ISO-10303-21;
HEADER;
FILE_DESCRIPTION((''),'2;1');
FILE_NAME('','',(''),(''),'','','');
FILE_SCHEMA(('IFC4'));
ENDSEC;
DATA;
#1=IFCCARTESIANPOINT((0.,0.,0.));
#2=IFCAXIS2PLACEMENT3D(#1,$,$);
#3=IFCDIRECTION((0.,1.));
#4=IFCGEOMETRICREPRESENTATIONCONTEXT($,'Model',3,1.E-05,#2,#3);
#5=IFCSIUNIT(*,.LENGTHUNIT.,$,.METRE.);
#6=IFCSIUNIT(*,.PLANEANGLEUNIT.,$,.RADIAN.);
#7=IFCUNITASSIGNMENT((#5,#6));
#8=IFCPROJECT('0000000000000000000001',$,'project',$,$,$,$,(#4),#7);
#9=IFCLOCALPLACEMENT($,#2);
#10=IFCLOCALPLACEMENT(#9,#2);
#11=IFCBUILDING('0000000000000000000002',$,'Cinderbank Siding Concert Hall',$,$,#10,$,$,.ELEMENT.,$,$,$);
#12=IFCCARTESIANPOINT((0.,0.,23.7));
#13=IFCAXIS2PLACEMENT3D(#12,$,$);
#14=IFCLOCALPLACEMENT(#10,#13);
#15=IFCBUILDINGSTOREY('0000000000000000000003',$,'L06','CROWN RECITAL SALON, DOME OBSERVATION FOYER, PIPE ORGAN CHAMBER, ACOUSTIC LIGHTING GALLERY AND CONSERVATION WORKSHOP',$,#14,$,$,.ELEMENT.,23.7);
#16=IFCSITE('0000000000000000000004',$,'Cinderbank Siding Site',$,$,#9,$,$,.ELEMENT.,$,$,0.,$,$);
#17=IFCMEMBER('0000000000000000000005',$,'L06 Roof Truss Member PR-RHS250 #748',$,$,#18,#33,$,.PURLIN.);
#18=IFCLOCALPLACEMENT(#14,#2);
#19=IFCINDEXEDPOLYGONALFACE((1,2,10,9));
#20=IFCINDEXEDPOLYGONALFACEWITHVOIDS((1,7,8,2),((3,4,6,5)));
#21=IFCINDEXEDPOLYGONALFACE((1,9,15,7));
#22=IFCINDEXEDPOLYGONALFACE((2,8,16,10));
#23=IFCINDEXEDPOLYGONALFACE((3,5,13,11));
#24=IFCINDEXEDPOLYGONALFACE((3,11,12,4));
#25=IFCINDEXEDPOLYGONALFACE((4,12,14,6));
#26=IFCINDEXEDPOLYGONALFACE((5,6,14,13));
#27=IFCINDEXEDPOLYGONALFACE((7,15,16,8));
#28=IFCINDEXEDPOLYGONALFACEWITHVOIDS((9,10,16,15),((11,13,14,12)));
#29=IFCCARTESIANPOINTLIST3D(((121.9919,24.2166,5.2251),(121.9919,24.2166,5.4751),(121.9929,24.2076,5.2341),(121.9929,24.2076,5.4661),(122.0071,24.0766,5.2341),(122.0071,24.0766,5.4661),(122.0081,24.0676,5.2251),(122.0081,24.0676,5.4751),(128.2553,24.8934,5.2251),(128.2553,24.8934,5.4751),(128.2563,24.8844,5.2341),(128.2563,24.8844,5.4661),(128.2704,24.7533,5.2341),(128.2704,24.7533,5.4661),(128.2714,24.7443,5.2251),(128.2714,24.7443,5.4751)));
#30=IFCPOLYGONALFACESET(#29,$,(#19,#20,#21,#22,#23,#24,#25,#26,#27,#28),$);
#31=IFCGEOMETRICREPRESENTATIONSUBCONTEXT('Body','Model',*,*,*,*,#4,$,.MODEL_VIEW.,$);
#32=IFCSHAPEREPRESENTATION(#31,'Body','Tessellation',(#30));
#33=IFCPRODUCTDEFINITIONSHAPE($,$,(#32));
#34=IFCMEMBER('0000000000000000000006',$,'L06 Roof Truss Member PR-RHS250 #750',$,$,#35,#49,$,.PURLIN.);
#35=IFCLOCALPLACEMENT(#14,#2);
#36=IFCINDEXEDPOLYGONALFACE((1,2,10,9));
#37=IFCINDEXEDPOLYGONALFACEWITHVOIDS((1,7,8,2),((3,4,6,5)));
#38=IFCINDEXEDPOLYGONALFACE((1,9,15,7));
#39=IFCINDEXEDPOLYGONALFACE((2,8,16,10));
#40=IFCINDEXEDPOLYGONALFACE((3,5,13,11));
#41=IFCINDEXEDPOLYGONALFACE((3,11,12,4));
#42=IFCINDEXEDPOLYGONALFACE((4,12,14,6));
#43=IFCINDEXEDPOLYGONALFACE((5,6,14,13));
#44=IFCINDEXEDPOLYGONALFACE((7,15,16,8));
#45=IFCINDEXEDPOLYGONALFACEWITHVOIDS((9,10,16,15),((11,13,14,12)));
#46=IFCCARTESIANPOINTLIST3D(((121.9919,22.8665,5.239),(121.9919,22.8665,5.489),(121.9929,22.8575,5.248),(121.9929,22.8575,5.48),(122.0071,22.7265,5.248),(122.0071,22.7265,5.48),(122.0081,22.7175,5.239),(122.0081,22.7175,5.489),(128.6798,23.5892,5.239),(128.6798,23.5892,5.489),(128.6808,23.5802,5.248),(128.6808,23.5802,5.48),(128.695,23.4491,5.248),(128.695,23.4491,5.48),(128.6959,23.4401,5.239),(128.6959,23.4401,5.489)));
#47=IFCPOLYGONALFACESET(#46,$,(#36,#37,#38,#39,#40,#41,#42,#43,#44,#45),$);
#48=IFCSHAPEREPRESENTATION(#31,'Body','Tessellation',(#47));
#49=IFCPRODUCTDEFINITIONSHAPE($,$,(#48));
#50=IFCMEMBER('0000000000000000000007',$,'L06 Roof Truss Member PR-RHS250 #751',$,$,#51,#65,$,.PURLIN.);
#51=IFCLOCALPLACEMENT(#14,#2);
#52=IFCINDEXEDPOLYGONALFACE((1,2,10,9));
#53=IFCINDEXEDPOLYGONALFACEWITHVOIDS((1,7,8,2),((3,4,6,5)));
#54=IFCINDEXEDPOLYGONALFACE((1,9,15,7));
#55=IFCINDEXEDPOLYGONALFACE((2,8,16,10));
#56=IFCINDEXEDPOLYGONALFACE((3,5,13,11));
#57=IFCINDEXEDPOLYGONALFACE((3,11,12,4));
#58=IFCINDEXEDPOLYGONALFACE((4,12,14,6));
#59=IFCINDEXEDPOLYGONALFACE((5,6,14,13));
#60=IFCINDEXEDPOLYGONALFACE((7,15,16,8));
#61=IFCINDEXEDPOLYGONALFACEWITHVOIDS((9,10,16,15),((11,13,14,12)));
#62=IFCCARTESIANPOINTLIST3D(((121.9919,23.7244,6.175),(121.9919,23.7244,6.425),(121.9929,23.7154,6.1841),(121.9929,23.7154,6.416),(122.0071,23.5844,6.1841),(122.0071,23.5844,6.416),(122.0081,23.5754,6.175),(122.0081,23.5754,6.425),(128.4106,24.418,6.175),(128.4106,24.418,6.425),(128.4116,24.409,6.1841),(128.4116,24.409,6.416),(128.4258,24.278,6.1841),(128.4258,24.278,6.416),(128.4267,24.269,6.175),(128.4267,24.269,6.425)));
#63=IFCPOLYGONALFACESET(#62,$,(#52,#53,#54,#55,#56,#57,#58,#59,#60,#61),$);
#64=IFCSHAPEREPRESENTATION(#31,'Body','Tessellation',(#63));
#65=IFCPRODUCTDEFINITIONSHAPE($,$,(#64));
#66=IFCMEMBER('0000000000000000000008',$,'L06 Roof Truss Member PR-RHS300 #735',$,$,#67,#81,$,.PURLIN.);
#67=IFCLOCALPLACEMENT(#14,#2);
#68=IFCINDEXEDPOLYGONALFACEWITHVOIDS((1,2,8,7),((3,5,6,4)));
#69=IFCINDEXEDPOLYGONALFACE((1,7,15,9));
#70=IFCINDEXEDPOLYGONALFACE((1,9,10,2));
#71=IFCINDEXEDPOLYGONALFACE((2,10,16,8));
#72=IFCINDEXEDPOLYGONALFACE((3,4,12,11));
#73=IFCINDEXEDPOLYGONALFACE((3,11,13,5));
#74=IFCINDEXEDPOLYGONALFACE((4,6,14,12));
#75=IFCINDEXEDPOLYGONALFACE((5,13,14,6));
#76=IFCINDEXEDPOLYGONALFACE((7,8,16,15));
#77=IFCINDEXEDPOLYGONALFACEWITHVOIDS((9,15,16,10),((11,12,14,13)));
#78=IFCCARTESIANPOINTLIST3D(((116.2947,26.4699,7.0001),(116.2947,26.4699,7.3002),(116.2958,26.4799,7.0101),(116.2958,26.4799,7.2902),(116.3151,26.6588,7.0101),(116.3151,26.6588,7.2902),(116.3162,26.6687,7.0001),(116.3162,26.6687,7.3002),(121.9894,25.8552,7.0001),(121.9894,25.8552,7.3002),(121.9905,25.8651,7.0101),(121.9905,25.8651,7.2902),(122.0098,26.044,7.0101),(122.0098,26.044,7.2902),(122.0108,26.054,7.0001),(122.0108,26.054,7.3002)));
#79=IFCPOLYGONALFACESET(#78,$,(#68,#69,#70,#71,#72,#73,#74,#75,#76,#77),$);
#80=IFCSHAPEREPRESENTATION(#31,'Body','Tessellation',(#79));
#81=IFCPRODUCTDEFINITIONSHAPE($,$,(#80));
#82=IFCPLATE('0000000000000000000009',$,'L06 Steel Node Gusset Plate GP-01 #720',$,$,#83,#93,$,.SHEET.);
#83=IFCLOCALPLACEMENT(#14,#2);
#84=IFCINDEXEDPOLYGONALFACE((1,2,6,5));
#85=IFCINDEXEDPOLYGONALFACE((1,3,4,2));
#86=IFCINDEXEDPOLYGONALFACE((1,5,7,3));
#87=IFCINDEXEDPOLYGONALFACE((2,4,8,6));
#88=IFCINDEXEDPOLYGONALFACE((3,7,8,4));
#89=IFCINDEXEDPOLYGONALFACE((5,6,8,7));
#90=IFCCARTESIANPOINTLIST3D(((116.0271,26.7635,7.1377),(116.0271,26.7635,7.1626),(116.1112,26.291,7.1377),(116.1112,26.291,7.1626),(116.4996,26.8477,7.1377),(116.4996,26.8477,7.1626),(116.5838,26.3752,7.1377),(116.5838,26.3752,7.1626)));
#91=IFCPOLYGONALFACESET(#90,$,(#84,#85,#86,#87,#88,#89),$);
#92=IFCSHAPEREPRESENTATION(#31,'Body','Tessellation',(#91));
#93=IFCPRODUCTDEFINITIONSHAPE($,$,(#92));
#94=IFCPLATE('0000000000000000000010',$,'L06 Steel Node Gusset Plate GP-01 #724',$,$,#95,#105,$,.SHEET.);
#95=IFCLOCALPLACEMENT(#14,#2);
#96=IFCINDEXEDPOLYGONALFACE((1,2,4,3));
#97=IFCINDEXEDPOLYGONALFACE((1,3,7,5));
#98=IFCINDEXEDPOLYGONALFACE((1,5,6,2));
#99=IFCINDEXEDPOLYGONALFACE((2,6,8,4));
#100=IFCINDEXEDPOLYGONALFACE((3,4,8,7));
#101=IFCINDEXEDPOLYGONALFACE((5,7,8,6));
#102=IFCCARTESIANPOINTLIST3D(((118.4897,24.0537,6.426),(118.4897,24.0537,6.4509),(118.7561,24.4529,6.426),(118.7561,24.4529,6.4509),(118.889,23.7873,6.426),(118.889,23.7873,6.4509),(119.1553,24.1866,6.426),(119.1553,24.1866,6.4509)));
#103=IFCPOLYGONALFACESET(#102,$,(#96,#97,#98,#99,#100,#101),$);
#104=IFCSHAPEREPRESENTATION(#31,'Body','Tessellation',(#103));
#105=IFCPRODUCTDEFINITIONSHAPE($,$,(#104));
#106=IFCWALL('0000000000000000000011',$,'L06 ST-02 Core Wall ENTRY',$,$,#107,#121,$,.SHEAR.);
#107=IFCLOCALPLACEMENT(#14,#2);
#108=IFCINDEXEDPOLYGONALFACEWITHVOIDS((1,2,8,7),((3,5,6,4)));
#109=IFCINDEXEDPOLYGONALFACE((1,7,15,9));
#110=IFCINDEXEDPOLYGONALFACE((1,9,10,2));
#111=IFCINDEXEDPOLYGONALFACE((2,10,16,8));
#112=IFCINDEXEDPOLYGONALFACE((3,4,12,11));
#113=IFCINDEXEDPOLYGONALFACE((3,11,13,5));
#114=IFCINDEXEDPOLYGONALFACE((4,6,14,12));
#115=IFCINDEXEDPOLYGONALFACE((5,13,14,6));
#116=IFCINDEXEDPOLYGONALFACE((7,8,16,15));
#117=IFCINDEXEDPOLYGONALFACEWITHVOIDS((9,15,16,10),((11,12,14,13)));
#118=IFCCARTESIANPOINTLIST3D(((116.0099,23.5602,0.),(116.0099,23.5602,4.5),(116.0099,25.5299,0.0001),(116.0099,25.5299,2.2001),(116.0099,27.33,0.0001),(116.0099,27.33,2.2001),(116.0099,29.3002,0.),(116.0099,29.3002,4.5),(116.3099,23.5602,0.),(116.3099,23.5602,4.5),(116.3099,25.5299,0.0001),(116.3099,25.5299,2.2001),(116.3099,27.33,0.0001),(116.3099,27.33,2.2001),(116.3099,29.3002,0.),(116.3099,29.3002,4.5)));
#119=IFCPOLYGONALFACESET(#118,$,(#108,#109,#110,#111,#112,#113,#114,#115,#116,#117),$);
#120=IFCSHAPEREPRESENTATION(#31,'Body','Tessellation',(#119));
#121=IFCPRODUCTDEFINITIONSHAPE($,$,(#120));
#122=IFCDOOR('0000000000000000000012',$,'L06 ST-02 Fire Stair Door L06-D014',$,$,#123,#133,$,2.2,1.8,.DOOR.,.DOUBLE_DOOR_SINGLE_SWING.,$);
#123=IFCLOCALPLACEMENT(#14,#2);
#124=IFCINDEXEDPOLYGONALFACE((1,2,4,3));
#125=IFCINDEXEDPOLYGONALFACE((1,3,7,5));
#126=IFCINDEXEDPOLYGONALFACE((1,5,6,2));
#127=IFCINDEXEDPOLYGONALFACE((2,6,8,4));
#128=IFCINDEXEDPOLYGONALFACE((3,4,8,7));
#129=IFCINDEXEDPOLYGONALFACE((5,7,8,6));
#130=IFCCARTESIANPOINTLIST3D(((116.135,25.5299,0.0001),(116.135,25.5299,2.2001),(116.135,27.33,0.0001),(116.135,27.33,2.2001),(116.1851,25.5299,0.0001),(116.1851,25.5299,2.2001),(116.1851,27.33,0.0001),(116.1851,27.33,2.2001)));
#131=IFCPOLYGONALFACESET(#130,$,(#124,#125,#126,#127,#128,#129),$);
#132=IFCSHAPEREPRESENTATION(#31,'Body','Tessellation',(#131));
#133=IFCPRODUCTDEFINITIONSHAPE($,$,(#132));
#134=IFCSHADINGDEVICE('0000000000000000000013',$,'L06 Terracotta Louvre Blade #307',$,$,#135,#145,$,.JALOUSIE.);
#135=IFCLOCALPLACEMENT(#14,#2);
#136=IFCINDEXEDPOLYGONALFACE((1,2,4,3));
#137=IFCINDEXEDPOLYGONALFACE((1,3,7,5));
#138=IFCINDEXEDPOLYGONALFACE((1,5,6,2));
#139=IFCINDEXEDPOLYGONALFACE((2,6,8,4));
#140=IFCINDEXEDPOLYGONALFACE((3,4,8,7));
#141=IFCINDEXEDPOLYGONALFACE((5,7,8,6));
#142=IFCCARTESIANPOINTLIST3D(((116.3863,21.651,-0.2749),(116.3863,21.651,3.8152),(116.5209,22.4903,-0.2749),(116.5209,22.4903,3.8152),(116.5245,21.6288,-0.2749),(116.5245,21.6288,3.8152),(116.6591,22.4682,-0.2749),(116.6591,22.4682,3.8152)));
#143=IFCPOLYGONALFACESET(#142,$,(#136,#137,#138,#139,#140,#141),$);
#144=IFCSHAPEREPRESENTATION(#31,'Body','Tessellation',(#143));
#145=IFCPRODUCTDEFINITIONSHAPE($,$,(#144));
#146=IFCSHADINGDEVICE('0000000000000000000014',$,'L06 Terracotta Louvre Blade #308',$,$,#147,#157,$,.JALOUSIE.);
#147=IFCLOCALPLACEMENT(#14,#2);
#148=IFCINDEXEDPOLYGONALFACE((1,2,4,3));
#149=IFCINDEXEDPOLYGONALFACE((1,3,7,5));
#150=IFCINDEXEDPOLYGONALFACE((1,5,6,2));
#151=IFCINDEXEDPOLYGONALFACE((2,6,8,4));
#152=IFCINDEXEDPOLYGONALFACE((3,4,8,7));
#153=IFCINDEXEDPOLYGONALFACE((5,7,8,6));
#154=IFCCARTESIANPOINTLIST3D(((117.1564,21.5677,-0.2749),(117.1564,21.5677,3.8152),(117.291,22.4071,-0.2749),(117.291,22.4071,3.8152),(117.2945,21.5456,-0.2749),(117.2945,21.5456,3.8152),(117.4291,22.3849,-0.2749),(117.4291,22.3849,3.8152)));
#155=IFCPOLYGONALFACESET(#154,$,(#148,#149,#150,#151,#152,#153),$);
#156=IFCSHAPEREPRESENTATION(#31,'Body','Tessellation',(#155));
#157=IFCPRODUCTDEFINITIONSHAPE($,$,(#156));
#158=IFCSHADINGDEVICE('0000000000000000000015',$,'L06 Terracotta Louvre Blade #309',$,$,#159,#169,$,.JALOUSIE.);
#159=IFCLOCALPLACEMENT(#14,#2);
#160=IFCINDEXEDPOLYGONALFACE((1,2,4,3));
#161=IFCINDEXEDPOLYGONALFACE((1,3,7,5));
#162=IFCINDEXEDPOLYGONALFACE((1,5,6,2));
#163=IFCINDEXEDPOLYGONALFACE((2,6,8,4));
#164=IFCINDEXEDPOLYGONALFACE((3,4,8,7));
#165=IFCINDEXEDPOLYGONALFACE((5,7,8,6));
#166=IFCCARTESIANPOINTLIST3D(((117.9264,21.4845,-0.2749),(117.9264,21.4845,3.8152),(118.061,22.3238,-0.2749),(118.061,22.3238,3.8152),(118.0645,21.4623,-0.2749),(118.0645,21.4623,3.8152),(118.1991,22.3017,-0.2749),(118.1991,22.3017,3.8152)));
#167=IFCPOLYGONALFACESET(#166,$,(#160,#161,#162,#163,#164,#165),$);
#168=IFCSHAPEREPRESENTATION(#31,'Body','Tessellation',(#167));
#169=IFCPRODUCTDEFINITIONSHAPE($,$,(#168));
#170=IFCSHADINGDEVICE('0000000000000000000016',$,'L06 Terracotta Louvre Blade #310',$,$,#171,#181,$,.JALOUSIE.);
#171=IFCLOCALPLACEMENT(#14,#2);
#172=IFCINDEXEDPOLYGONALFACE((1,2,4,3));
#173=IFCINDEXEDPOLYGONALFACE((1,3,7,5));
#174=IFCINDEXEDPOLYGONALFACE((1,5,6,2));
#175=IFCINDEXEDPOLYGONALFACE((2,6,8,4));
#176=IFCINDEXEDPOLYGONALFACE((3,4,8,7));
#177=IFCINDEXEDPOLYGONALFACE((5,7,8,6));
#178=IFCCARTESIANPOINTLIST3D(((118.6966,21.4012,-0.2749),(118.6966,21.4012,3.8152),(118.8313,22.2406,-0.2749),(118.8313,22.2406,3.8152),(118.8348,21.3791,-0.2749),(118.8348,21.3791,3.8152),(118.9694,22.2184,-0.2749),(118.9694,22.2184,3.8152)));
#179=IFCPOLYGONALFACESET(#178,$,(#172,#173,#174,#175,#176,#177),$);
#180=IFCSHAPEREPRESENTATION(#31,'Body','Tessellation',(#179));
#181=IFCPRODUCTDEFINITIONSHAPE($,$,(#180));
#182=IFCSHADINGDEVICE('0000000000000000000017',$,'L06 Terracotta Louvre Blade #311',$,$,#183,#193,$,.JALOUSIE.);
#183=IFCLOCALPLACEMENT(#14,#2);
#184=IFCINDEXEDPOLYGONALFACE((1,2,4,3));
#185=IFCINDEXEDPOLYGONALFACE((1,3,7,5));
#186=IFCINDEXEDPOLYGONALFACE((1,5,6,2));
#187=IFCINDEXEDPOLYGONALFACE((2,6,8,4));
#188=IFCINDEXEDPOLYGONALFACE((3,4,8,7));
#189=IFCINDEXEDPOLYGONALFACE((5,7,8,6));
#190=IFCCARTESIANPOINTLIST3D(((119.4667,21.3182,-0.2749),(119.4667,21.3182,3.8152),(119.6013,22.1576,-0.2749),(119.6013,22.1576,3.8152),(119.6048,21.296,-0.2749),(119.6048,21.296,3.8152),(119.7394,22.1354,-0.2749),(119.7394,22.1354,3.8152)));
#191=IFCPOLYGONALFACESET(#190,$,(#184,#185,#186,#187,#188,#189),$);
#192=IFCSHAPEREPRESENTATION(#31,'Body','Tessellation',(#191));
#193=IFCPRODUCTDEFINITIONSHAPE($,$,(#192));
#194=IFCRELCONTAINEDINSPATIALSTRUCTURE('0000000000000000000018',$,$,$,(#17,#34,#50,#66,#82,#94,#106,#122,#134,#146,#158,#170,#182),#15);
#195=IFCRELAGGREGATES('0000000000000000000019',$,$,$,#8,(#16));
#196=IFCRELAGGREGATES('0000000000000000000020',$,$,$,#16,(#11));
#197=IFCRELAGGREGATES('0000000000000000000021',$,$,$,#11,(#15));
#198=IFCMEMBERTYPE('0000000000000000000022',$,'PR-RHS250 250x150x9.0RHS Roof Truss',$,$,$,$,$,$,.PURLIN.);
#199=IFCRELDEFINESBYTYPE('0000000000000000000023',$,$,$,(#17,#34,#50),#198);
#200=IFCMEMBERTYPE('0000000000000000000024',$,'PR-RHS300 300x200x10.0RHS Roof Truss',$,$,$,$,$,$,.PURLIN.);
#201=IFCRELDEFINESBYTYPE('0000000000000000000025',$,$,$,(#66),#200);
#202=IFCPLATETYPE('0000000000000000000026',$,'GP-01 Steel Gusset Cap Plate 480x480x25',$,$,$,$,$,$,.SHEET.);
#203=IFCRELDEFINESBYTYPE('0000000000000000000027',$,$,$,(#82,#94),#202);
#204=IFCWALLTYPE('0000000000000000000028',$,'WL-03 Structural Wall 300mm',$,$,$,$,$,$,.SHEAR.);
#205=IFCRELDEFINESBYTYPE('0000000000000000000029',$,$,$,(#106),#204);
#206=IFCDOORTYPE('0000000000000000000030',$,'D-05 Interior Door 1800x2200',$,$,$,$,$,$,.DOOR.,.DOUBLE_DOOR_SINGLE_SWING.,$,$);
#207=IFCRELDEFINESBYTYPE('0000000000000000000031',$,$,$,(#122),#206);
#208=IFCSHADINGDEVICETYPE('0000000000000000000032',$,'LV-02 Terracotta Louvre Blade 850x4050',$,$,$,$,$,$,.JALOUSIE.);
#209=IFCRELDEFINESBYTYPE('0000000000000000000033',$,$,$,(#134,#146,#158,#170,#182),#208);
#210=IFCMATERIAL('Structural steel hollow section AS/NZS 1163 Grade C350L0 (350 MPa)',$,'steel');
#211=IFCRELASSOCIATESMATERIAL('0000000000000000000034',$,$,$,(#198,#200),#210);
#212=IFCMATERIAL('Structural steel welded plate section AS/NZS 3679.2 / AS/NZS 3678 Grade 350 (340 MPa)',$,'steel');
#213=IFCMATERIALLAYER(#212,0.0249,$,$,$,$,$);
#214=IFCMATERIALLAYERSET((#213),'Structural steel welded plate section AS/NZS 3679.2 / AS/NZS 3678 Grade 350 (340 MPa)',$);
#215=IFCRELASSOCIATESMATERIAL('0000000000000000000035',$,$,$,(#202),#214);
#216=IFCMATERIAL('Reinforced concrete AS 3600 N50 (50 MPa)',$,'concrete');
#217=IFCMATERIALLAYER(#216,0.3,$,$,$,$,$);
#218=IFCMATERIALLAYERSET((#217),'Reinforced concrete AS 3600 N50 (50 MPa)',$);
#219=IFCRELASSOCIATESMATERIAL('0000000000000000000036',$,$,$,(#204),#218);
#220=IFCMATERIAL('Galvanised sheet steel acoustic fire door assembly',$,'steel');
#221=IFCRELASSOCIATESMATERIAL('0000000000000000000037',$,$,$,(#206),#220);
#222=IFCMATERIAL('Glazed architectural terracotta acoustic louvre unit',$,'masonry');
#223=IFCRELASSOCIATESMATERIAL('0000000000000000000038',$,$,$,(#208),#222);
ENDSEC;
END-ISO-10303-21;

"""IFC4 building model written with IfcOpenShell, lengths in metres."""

from ifc_helpers import new_model, si_unit, direction, frame, frame_2d, origin, origin_2d, place, context, subcontext, project, spatial, rectangle, hollow_rectangle, extrude, material, layer, layer_set, material_profile, profile_set, type_object, element, fill, save


model = new_model("IFC4")

# Units and contexts
model_context = context("Model", 3, precision=1e-05, world=origin(), true_north=direction((0.0, 1.0)))
body_context = subcontext(model_context, "Body", "Model", "MODEL_VIEW")
ifc_project = project(units=[si_unit("LENGTHUNIT", "METRE"), si_unit("PLANEANGLEUNIT", "RADIAN")], contexts=[model_context])

# Site, building, storey
site_placement = place(None, origin())
site = spatial("IfcSite", under=ifc_project, at=site_placement, Name="Cinderbank Siding Site", CompositionType="ELEMENT", RefElevation=0.0)
building_placement = place(site_placement, origin())
building = spatial("IfcBuilding", under=site, at=building_placement, Name="Cinderbank Siding Concert Hall", CompositionType="ELEMENT")
storey_placement = place(building_placement, frame((0.0, 0.0, 23.7)))
storey = spatial("IfcBuildingStorey", under=building, at=storey_placement, Name="L06", Description="CROWN RECITAL SALON, DOME OBSERVATION FOYER, PIPE ORGAN CHAMBER, ACOUSTIC LIGHTING GALLERY AND CONSERVATION WORKSHOP", CompositionType="ELEMENT", Elevation=23.7)

# Shared definitions
ifc_material_1 = material(Name="Reinforced concrete AS 3600 N50 (50 MPa)", Category="concrete")

# Members
ifc_material_2 = material(Name="Structural steel hollow section AS/NZS 1163 Grade C350L0 (350 MPa)", Category="steel")
ifc_material_profile_1 = material_profile(ifc_material_2, hollow_rectangle(XDim=0.1499, YDim=0.25, WallThickness=0.009, at=origin_2d()), Name="250x150x9.0RHS", Category="LoadBearing")
ifc_profile_set_1 = profile_set([ifc_material_profile_1], Name="Structural steel hollow section AS/NZS 1163 Grade C350L0 (350 MPa)")
member_type_1 = type_object("IfcMemberType", Name="PR-RHS250 250x150x9.0RHS Roof Truss", PredefinedType="PURLIN", material=ifc_profile_set_1)
member_1_placement = place(storey_placement, frame((122.0, 24.1421, 5.3501), z_axis=(0.994213, 0.107424, 0.0), x_axis=(-0.107424, 0.994213, 0.0)))
element("IfcMember", 1, at=member_1_placement, inside=storey, type_object=member_type_1, Name="L06 Roof Truss Member PR-RHS250 #748", PredefinedType="PURLIN", context=body_context, shape_type="SweptSolid", body=[
    extrude(hollow_rectangle(XDim=0.1499, YDim=0.25, WallThickness=0.009, at=origin_2d()), origin(), (0.0, 0.0, 1.0), 6.2998),
])
member_2_placement = place(storey_placement, frame((122.0, 22.792, 5.364), z_axis=(0.994213, 0.107428, 0.0), x_axis=(-0.107428, 0.994213, 0.0)))
element("IfcMember", 2, at=member_2_placement, inside=storey, type_object=member_type_1, Name="L06 Roof Truss Member PR-RHS250 #750", PredefinedType="PURLIN", context=body_context, shape_type="SweptSolid", body=[
    extrude(hollow_rectangle(XDim=0.1499, YDim=0.25, WallThickness=0.009, at=origin_2d()), origin(), (0.0, 0.0, 1.0), 6.7268),
])
member_3_placement = place(storey_placement, frame((122.0, 23.6499, 6.3), z_axis=(0.994212, 0.107434, 0.0), x_axis=(-0.107434, 0.994212, 0.0)))
element("IfcMember", 3, at=member_3_placement, inside=storey, type_object=member_type_1, Name="L06 Roof Truss Member PR-RHS250 #751", PredefinedType="PURLIN", context=body_context, shape_type="SweptSolid", body=[
    extrude(hollow_rectangle(XDim=0.1499, YDim=0.25, WallThickness=0.009, at=origin_2d()), origin(), (0.0, 0.0, 1.0), 6.4561),
])
ifc_material_profile_2 = material_profile(ifc_material_2, hollow_rectangle(XDim=0.2, YDim=0.3, WallThickness=0.01, at=origin_2d()), Name="300x200x10.0RHS", Category="LoadBearing")
ifc_profile_set_2 = profile_set([ifc_material_profile_2], Name="Structural steel hollow section AS/NZS 1163 Grade C350L0 (350 MPa)")
member_type_2 = type_object("IfcMemberType", Name="PR-RHS300 300x200x10.0RHS Roof Truss", PredefinedType="PURLIN", material=ifc_profile_set_2)
member_4_placement = place(storey_placement, frame((116.3054, 26.5693, 7.1501), z_axis=(0.994224, -0.107329, 0.0), x_axis=(0.107329, 0.994224, 0.0)))
element("IfcMember", 4, at=member_4_placement, inside=storey, type_object=member_type_2, Name="L06 Roof Truss Member PR-RHS300 #735", PredefinedType="PURLIN", context=body_context, shape_type="SweptSolid", body=[
    extrude(hollow_rectangle(XDim=0.2, YDim=0.3, WallThickness=0.01, at=origin_2d()), origin(), (0.0, 0.0, 1.0), 5.7278),
])

# Plates
ifc_material_3 = material(Name="Structural steel welded plate section AS/NZS 3679.2 / AS/NZS 3678 Grade 350 (340 MPa)", Category="steel")
ifc_layer_1 = layer(ifc_material_3, 0.0249)
ifc_layer_set_1 = layer_set([ifc_layer_1], Name="Structural steel welded plate section AS/NZS 3679.2 / AS/NZS 3678 Grade 350 (340 MPa)")
plate_type = type_object("IfcPlateType", Name="GP-01 Steel Gusset Cap Plate 480x480x25", PredefinedType="SHEET", material=ifc_layer_set_1)
for number, where, z_axis, x_axis, name in (
    (5, (116.3054, 26.5693, 7.1377), (0.0, 0.0, 1.0), (0.984503, 0.175367, 0.0), "L06 Steel Node Gusset Plate GP-01 #720"),
    (6, (118.8225, 24.1201, 6.426), (0.0, 0.0, 1.0), (-0.831857, 0.55499, 0.0), "L06 Steel Node Gusset Plate GP-01 #724"),
):
    element("IfcPlate", number, at=place(storey_placement, frame(where, z_axis=z_axis, x_axis=x_axis)), inside=storey, type_object=plate_type, Name=name, PredefinedType="SHEET", context=body_context, shape_type="SweptSolid", body=[
        extrude(rectangle(XDim=0.48, YDim=0.48, at=origin_2d()), origin(), (0.0, 0.0, 1.0), 0.0249),
    ])

# Wall, opening, door
ifc_layer_2 = layer(ifc_material_1, 0.3)
ifc_layer_set_2 = layer_set([ifc_layer_2], Name="Reinforced concrete AS 3600 N50 (50 MPa)")
wall_type = type_object("IfcWallType", Name="WL-03 Structural Wall 300mm", PredefinedType="SHEAR", material=ifc_layer_set_2)
wall_placement = place(storey_placement, frame((116.1599, 23.5601, 0.0), z_axis=(0.0, 0.0, 1.0), x_axis=(0.0, 1.0, 0.0)))
wall = element("IfcWall", 7, at=wall_placement, inside=storey, type_object=wall_type, Name="L06 ST-02 Core Wall ENTRY", PredefinedType="SHEAR", context=body_context, shape_type="SweptSolid", body=[
    extrude(rectangle(XDim=5.74, YDim=0.3, at=frame_2d((2.8701, 0.0))), origin(), (0.0, 0.0, 1.0), 4.5),
])
opening_placement = place(wall_placement, frame((1.97, 0.0, 0.0)))
opening = element("IfcOpeningElement", 8, at=opening_placement, cuts=wall, PredefinedType="OPENING", context=body_context, shape_type="SweptSolid", body=[
    extrude(rectangle(XDim=1.8, YDim=2.2, at=frame_2d((0.8999, 1.1001))), frame((0.0, 0.1621, 0.0), z_axis=(0.0, -1.0, 0.0), x_axis=(1.0, 0.0, 0.0)), (0.0, 0.0, 1.0), 0.324),
])
ifc_material_4 = material(Name="Galvanised sheet steel acoustic fire door assembly", Category="steel")
door_type = type_object("IfcDoorType", Name="D-05 Interior Door 1800x2200", OperationType="DOUBLE_DOOR_SINGLE_SWING", PredefinedType="DOOR", material=ifc_material_4)
door_placement = place(opening_placement, origin())
door = element("IfcDoor", 9, at=door_placement, inside=storey, type_object=door_type, Name="L06 ST-02 Fire Stair Door L06-D014", OperationType="DOUBLE_DOOR_SINGLE_SWING", OverallHeight=2.2, OverallWidth=1.8, PredefinedType="DOOR", context=body_context, shape_type="SweptSolid", body=[
    extrude(rectangle(XDim=1.8, YDim=2.2, at=frame_2d((0.8999, 1.1001))), frame((0.0, 0.0249, 0.0), z_axis=(0.0, -1.0, 0.0), x_axis=(1.0, 0.0, 0.0)), (0.0, 0.0, 1.0), 0.05),
])
fill(opening, door)

# Shading devices
ifc_material_5 = material(Name="Glazed architectural terracotta acoustic louvre unit", Category="masonry")
shading_device_type = type_object("IfcShadingDeviceType", Name="LV-02 Terracotta Louvre Blade 850x4050", PredefinedType="JALOUSIE", material=ifc_material_5)
for number, where, z_axis, x_axis, name in (
    (10, (116.5227, 22.0596, -0.2749), (0.0, 0.0, 1.0), (-0.158354, -0.987382, 0.0), "L06 Terracotta Louvre Blade #307"),
    (11, (117.2927, 21.9763, -0.2749), (0.0, 0.0, 1.0), (-0.158354, -0.987382, 0.0), "L06 Terracotta Louvre Blade #308"),
    (12, (118.0627, 21.8931, -0.2749), (0.0, 0.0, 1.0), (-0.158354, -0.987382, 0.0), "L06 Terracotta Louvre Blade #309"),
    (13, (118.833, 21.8098, -0.2749), (0.0, 0.0, 1.0), (-0.158354, -0.987382, 0.0), "L06 Terracotta Louvre Blade #310"),
    (14, (119.603, 21.7268, -0.2749), (0.0, 0.0, 1.0), (-0.158354, -0.987382, 0.0), "L06 Terracotta Louvre Blade #311"),
):
    element("IfcShadingDevice", number, at=place(storey_placement, frame(where, z_axis=z_axis, x_axis=x_axis)), inside=storey, type_object=shading_device_type, Name=name, PredefinedType="JALOUSIE", context=body_context, shape_type="SweptSolid", body=[
        extrude(rectangle(XDim=0.8501, YDim=0.1399, at=origin_2d()), origin(), (0.0, 0.0, 1.0), 4.0901),
    ])

save(model, "model.ifc")
